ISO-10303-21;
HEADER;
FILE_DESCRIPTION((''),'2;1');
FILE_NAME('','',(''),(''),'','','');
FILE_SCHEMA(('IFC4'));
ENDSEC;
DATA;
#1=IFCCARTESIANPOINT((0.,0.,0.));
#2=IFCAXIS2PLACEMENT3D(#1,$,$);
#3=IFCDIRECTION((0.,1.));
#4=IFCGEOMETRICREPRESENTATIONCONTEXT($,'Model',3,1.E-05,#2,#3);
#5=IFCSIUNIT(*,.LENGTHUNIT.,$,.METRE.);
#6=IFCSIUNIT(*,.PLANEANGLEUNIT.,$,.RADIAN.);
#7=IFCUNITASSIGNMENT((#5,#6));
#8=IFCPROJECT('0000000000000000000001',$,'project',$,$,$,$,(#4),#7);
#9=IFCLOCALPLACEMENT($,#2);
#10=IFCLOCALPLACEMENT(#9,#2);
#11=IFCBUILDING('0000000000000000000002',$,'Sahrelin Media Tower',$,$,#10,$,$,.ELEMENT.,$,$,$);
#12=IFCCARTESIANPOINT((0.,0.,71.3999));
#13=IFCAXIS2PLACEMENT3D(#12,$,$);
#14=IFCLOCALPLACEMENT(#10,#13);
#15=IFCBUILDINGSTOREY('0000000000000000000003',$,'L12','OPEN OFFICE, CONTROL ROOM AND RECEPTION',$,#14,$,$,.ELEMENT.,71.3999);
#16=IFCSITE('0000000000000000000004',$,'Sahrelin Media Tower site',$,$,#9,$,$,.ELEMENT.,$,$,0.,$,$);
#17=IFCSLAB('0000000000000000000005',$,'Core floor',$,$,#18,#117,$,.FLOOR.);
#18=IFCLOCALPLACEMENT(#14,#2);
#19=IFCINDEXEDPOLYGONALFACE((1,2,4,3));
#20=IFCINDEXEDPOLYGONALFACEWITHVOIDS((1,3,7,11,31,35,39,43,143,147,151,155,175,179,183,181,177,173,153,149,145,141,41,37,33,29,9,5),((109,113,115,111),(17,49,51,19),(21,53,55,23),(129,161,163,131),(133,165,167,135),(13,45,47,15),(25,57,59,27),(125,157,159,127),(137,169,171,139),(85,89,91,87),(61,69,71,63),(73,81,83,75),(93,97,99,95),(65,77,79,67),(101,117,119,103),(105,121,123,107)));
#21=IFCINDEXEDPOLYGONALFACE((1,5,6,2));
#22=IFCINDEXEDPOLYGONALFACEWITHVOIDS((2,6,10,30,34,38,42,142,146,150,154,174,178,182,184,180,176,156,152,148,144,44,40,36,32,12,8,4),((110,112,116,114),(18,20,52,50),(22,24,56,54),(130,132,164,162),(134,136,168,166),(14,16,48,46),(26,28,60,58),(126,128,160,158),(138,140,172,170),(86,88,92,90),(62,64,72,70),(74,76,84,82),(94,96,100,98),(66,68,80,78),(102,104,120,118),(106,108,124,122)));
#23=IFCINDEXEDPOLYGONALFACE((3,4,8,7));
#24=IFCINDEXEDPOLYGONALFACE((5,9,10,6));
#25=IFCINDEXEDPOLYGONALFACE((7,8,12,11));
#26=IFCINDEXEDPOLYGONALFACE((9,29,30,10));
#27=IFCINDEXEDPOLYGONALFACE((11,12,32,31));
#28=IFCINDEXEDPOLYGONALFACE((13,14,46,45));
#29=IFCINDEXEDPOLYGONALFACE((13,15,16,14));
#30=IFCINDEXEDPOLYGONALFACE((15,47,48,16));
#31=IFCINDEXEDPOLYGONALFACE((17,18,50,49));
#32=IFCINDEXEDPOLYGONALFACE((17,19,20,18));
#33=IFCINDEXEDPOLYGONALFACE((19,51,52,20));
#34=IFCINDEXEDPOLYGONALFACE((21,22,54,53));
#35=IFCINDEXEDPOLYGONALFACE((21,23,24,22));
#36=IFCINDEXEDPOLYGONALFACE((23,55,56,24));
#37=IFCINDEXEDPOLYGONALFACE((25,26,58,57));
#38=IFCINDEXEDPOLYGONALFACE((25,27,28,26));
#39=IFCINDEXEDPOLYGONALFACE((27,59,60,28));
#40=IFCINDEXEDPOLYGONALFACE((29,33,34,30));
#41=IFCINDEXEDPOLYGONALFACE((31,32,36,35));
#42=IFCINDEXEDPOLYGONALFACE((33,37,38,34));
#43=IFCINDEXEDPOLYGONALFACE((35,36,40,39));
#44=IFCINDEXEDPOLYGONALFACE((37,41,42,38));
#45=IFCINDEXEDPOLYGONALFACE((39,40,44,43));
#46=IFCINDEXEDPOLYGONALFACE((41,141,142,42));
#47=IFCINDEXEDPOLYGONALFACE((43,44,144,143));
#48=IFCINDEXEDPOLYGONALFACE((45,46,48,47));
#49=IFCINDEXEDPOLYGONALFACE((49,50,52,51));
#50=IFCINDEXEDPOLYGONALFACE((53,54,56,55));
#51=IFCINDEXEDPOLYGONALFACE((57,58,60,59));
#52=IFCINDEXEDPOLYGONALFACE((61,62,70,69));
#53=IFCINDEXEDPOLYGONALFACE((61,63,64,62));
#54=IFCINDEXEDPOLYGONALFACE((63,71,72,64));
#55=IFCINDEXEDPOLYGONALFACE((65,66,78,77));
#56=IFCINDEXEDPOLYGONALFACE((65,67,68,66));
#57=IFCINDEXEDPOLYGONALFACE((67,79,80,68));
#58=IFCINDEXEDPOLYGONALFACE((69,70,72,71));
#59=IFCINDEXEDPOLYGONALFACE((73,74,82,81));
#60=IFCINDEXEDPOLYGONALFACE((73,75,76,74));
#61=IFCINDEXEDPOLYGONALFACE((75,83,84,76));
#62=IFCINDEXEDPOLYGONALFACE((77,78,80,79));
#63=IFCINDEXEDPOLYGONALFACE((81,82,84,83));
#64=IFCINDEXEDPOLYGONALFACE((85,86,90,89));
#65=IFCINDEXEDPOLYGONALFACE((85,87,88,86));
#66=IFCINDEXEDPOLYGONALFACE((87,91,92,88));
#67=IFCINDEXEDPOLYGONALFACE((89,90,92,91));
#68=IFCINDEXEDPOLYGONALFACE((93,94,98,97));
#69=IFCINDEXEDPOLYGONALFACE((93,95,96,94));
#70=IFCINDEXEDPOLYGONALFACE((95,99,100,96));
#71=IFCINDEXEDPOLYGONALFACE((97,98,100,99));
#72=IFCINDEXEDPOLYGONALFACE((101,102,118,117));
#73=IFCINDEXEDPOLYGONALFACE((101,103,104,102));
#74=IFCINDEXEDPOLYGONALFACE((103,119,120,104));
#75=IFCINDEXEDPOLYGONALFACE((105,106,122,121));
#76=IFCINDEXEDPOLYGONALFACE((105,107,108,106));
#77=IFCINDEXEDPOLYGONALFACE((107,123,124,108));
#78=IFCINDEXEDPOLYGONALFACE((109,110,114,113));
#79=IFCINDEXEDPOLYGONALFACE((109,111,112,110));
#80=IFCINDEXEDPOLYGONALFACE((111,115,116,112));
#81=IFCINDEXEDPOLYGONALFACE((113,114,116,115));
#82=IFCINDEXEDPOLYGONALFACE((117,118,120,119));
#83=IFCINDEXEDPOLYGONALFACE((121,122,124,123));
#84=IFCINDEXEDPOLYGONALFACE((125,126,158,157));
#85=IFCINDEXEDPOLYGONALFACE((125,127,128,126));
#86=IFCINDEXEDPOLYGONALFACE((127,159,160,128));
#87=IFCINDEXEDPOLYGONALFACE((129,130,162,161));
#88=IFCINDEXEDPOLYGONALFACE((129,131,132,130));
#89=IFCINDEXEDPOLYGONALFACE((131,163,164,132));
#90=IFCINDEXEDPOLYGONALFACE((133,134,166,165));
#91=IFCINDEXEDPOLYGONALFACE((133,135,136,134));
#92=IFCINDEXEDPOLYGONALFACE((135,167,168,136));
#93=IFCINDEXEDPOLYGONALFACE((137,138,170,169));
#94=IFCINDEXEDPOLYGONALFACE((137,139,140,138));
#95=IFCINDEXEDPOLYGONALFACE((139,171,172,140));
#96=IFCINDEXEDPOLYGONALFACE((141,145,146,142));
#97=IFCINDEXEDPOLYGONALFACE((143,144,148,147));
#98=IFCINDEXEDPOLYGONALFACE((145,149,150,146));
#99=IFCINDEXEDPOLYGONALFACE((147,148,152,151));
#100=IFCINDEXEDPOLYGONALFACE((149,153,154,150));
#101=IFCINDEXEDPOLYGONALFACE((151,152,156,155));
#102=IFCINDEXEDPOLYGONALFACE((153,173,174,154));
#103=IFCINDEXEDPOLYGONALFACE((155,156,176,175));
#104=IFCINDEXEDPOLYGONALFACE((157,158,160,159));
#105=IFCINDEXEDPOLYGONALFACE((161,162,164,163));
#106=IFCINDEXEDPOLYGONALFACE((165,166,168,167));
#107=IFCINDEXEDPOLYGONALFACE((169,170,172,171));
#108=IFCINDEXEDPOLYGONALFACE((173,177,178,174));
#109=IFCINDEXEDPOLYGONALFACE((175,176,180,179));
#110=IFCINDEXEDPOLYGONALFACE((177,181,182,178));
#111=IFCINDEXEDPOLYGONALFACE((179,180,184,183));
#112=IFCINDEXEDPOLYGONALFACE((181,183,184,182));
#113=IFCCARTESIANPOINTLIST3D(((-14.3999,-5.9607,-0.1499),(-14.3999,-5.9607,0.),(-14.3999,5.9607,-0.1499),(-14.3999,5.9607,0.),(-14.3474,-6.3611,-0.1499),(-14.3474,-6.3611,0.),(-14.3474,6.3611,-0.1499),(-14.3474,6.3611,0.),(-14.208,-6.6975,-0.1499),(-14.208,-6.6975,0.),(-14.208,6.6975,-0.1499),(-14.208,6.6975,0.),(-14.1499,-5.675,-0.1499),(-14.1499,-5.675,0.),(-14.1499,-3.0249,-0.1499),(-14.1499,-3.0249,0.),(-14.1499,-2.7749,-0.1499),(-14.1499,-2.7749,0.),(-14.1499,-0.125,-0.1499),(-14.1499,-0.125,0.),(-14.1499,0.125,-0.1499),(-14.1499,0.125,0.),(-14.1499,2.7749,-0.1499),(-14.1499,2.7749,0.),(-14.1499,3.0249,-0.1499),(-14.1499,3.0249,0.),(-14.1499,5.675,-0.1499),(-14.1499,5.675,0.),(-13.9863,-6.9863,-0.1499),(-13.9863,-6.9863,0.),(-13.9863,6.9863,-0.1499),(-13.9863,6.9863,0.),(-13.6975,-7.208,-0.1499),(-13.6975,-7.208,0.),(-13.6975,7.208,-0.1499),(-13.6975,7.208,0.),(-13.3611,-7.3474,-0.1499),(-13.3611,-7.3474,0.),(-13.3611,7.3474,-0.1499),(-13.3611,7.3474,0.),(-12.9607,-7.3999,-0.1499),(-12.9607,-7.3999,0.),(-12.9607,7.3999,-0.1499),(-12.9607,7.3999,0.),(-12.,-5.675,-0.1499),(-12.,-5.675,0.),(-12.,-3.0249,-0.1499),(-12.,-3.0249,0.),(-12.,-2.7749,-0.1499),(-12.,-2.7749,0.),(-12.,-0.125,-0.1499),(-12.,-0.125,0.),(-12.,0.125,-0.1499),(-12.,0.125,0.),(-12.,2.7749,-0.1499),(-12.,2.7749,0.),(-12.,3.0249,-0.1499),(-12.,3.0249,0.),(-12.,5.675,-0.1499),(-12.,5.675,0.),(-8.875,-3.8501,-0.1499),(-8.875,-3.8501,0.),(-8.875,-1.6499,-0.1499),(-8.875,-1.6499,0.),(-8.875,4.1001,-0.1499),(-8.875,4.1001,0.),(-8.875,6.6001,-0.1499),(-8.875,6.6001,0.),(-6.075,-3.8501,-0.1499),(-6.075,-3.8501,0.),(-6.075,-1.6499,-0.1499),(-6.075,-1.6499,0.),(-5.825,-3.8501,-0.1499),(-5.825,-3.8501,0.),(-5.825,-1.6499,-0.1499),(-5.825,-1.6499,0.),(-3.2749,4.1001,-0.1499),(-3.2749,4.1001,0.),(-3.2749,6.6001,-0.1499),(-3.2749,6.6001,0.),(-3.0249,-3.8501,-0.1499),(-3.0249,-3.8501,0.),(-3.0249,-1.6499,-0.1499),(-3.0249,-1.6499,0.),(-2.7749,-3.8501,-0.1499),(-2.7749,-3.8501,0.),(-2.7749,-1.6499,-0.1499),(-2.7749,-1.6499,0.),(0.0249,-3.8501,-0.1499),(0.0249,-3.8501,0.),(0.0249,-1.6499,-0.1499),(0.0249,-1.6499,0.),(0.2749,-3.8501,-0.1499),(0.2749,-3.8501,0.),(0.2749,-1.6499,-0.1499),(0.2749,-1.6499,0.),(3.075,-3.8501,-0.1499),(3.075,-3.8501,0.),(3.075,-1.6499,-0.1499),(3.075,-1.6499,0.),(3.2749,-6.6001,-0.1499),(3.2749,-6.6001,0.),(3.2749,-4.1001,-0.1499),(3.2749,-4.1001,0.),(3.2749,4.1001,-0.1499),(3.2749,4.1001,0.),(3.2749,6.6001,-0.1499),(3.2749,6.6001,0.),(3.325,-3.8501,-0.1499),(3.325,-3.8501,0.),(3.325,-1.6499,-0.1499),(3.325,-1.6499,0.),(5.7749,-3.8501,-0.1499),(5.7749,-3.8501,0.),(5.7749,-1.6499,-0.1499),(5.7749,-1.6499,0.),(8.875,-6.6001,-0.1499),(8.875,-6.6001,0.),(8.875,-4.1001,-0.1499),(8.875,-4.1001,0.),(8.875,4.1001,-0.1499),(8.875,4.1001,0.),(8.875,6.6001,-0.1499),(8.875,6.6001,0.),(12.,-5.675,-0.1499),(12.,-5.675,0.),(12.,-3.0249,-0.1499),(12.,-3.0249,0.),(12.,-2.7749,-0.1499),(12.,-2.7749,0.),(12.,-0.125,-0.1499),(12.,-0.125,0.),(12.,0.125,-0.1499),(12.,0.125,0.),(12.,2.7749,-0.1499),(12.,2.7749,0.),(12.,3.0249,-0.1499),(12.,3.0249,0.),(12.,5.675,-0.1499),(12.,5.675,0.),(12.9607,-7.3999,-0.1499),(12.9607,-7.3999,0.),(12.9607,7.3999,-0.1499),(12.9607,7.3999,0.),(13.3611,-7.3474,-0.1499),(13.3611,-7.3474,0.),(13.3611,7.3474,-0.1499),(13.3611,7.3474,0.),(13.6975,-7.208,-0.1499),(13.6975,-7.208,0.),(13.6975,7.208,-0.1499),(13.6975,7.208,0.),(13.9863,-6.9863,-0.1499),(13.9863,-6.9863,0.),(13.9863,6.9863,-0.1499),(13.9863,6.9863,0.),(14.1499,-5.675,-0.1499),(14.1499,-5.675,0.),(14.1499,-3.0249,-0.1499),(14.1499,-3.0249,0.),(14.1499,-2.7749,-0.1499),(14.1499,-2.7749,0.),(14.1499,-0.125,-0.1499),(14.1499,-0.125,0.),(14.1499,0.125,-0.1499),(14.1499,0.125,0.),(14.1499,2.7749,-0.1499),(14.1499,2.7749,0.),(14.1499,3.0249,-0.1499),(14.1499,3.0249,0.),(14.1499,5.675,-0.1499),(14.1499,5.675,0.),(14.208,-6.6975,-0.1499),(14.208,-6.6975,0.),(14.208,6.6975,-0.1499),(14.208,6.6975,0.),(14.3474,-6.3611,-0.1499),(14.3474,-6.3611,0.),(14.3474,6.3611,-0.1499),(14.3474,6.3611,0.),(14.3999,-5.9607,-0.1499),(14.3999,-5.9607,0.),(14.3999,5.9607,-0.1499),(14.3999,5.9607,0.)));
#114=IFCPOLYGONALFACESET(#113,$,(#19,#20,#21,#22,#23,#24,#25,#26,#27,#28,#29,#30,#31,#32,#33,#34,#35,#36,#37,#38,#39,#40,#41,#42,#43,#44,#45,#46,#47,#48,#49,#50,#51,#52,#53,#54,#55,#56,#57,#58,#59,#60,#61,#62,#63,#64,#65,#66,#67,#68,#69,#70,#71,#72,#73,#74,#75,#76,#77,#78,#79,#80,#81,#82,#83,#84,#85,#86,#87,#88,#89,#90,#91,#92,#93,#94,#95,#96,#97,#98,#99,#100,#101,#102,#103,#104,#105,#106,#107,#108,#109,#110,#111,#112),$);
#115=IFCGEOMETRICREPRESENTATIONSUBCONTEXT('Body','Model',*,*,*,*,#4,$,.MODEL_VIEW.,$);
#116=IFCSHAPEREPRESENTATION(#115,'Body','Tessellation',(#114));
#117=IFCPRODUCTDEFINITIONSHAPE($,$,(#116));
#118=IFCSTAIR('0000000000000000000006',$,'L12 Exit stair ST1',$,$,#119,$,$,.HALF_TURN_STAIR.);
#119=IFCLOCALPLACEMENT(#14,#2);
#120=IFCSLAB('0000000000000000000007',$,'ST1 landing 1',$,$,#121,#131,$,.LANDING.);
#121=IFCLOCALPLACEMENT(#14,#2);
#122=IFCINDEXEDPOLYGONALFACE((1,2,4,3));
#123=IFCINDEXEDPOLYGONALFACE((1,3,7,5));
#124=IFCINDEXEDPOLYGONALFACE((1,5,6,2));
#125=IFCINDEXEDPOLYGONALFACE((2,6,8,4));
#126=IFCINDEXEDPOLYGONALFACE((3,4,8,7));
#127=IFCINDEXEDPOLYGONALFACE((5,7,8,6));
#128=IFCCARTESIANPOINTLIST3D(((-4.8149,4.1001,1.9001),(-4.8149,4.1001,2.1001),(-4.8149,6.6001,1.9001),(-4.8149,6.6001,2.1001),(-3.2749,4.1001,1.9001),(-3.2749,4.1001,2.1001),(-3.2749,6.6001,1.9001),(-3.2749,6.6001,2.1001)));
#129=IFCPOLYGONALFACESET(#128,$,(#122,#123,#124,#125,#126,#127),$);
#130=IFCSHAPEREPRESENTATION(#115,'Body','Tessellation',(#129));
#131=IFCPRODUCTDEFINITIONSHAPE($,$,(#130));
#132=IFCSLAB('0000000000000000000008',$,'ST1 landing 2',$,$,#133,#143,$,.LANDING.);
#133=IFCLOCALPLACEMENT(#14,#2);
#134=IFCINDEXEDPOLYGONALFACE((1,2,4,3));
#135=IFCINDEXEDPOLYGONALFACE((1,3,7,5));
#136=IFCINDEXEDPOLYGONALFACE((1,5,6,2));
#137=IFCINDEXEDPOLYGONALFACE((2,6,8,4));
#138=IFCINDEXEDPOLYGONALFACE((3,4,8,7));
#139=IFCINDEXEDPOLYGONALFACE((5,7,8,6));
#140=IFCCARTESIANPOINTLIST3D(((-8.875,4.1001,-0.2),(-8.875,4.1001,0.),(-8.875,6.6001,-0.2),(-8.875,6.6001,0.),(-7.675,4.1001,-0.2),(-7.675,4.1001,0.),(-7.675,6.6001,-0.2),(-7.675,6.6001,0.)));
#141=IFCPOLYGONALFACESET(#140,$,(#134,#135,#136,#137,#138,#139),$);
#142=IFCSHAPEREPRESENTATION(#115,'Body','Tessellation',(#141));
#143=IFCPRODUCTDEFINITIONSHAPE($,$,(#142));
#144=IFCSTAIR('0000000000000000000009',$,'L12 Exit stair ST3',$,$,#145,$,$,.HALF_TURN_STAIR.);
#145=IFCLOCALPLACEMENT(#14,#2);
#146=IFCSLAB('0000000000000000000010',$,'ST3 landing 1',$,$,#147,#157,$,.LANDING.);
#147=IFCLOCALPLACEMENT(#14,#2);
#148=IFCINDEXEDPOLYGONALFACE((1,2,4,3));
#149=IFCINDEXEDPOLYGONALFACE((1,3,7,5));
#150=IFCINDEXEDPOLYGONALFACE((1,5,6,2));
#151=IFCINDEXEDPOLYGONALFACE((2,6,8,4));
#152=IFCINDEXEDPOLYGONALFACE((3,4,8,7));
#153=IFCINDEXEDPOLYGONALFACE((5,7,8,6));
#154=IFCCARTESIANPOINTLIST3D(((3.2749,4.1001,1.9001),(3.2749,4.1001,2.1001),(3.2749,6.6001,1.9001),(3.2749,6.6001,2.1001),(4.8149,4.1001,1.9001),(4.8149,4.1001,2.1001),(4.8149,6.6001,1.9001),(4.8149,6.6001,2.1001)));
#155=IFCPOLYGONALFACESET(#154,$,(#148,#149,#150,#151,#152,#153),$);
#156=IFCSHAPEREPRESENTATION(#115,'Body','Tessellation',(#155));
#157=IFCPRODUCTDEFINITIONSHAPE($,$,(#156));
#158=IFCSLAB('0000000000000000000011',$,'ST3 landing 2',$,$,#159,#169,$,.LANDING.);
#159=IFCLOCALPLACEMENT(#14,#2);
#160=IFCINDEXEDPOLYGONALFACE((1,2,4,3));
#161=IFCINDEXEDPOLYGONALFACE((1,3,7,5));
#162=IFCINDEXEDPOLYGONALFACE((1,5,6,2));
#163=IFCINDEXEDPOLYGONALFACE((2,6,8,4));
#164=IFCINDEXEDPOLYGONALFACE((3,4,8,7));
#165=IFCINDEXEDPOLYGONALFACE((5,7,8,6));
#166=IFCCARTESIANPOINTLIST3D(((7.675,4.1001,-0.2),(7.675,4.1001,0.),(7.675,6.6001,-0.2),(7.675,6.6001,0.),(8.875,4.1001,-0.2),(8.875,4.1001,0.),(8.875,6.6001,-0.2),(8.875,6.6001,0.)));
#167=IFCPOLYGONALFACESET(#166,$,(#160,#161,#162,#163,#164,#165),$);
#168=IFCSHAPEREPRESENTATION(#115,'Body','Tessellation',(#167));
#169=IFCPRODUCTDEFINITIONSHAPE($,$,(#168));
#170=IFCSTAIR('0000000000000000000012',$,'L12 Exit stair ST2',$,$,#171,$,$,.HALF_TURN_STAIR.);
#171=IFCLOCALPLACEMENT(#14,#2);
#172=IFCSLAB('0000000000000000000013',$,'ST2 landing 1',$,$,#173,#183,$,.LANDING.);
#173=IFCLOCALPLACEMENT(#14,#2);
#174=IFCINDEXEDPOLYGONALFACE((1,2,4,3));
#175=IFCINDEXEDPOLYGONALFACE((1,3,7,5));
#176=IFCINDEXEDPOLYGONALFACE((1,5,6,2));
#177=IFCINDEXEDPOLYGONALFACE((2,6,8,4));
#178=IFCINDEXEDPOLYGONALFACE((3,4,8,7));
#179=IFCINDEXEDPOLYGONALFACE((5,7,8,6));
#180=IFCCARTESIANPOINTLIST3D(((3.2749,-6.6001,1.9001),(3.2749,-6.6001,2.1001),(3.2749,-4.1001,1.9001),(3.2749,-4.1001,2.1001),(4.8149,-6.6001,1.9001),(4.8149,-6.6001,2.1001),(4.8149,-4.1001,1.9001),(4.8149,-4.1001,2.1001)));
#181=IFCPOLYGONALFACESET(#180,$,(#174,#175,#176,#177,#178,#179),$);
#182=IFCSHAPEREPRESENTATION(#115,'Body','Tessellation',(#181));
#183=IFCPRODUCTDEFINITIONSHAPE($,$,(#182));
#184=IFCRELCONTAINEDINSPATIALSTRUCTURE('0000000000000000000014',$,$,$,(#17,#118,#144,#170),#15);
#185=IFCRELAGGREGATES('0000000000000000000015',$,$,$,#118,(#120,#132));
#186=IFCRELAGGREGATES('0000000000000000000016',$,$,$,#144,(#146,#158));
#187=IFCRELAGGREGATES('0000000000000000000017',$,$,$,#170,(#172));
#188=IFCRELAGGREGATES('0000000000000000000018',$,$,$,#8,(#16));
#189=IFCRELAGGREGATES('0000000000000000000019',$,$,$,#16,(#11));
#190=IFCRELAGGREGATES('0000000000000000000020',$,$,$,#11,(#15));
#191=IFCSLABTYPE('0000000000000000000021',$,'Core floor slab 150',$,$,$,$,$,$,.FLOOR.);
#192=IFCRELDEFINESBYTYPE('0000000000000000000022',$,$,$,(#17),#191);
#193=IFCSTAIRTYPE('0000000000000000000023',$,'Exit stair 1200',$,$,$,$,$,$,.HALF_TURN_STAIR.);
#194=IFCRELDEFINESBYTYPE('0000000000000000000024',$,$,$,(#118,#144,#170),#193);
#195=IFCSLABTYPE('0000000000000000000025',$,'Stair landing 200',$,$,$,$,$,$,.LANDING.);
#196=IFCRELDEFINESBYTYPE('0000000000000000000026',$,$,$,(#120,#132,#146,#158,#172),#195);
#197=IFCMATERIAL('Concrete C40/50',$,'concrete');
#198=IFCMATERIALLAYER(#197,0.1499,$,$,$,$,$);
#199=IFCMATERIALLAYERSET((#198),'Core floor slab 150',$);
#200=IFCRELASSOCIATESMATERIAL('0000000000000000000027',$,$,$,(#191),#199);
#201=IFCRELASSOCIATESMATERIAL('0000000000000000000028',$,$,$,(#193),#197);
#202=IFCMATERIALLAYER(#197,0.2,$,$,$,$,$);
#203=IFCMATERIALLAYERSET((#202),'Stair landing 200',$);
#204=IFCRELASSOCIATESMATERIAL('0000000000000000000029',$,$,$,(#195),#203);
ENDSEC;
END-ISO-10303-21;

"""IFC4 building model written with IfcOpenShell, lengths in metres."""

from ifc_helpers import new_model, si_unit, direction, frame, origin, place, context, subcontext, project, spatial, polyline, outline, extrude, material, layer, layer_set, type_object, element, aggregate, save


model = new_model("IFC4")

# Units and contexts
model_context = context("Model", 3, precision=1e-05, world=origin(), true_north=direction((0.0, 1.0)))
body_context = subcontext(model_context, "Body", "Model", "MODEL_VIEW")
ifc_project = project(units=[si_unit("LENGTHUNIT", "METRE"), si_unit("PLANEANGLEUNIT", "RADIAN")], contexts=[model_context])

# Site, building, storey
site_placement = place(None, origin())
site = spatial("IfcSite", under=ifc_project, at=site_placement, Name="Sahrelin Media Tower site", CompositionType="ELEMENT", RefElevation=0.0)
building_placement = place(site_placement, origin())
building = spatial("IfcBuilding", under=site, at=building_placement, Name="Sahrelin Media Tower", CompositionType="ELEMENT")
storey_placement = place(building_placement, frame((0.0, 0.0, 71.3999)))
storey = spatial("IfcBuildingStorey", under=building, at=storey_placement, Name="L12", Description="OPEN OFFICE, CONTROL ROOM AND RECEPTION", CompositionType="ELEMENT", Elevation=71.3999)

# Slab
ifc_material_1 = material(Name="Concrete C40/50", Category="concrete")
ifc_layer_1 = layer(ifc_material_1, 0.1499)
ifc_layer_set_1 = layer_set([ifc_layer_1], Name="Core floor slab 150")
slab_type_1 = type_object("IfcSlabType", Name="Core floor slab 150", PredefinedType="FLOOR", material=ifc_layer_set_1)
slab_1_placement = place(storey_placement, frame((0.0, 0.0, -0.1499)))
element("IfcSlab", 1, at=slab_1_placement, inside=storey, type_object=slab_type_1, Name="Core floor", PredefinedType="FLOOR", context=body_context, shape_type="SweptSolid", body=[
    extrude(outline(polyline([(-14.3474, 6.3611), (-14.3999, 5.9607), (-14.3999, -5.9607), (-14.3474, -6.3611), (-14.208, -6.6975), (-13.9863, -6.9863), (-13.6975, -7.208), (-13.3611, -7.3474), (-12.9607, -7.3999), (12.9607, -7.3999), (13.3611, -7.3474), (13.6975, -7.208), (13.9863, -6.9863), (14.208, -6.6975), (14.3474, -6.3611), (14.3999, -5.9607), (14.3999, 5.9607), (14.3474, 6.3611), (14.208, 6.6975), (13.9863, 6.9863), (13.6975, 7.208), (13.3611, 7.3474), (12.9607, 7.3999), (-12.9607, 7.3999), (-13.3611, 7.3474), (-13.6975, 7.208), (-13.9863, 6.9863), (-14.208, 6.6975), (-14.3474, 6.3611)]), holes=[polyline([(-12.0, 3.0249), (-12.0, 5.675), (-14.1499, 5.675), (-14.1499, 3.0249), (-12.0, 3.0249)]), polyline([(-14.1499, 0.125), (-12.0, 0.125), (-12.0, 2.7749), (-14.1499, 2.7749), (-14.1499, 0.125)]), polyline([(-14.1499, -0.125), (-14.1499, -2.7749), (-12.0, -2.7749), (-12.0, -0.125), (-14.1499, -0.125)]), polyline([(-12.0, -3.0249), (-14.1499, -3.0249), (-14.1499, -5.675), (-12.0, -5.675), (-12.0, -3.0249)]), polyline([(14.1499, 3.0249), (14.1499, 5.675), (12.0, 5.675), (12.0, 3.0249), (14.1499, 3.0249)]), polyline([(12.0, 0.125), (14.1499, 0.125), (14.1499, 2.7749), (12.0, 2.7749), (12.0, 0.125)]), polyline([(12.0, -0.125), (12.0, -2.7749), (14.1499, -2.7749), (14.1499, -0.125), (12.0, -0.125)]), polyline([(14.1499, -3.0249), (12.0, -3.0249), (12.0, -5.675), (14.1499, -5.675), (14.1499, -3.0249)]), polyline([(-6.075, -3.8501), (-6.075, -1.6499), (-8.875, -1.6499), (-8.875, -3.8501), (-6.075, -3.8501)]), polyline([(-5.825, -3.8501), (-3.0249, -3.8501), (-3.0249, -1.6499), (-5.825, -1.6499), (-5.825, -3.8501)]), polyline([(-2.7749, -1.6499), (-2.7749, -3.8501), (0.0249, -3.8501), (0.0249, -1.6499), (-2.7749, -1.6499)]), polyline([(3.075, -1.6499), (0.2749, -1.6499), (0.2749, -3.8501), (3.075, -3.8501), (3.075, -1.6499)]), polyline([(5.7749, -3.8501), (5.7749, -1.6499), (3.325, -1.6499), (3.325, -3.8501), (5.7749, -3.8501)]), polyline([(-8.875, 6.6001), (-8.875, 4.1001), (-3.2749, 4.1001), (-3.2749, 6.6001), (-8.875, 6.6001)]), polyline([(3.2749, 4.1001), (8.875, 4.1001), (8.875, 6.6001), (3.2749, 6.6001), (3.2749, 4.1001)]), polyline([(3.2749, -4.1001), (3.2749, -6.6001), (8.875, -6.6001), (8.875, -4.1001), (3.2749, -4.1001)])]), origin(), (0.0, 0.0, 1.0), 0.1499),
])

# Stairs, slabs
stair_type = type_object("IfcStairType", Name="Exit stair 1200", PredefinedType="HALF_TURN_STAIR", material=ifc_material_1)
placement_1 = place(storey_placement, origin())
stair_1 = element("IfcStair", 2, at=placement_1, inside=storey, type_object=stair_type, Name="L12 Exit stair ST1", PredefinedType="HALF_TURN_STAIR")
ifc_layer_2 = layer(ifc_material_1, 0.2)
ifc_layer_set_2 = layer_set([ifc_layer_2], Name="Stair landing 200")
slab_type_2 = type_object("IfcSlabType", Name="Stair landing 200", PredefinedType="LANDING", material=ifc_layer_set_2)
placement_2 = place(storey_placement, frame((0.0, 0.0, 1.9001)))
slab_2 = element("IfcSlab", 3, at=placement_2, type_object=slab_type_2, Name="ST1 landing 1", PredefinedType="LANDING", context=body_context, shape_type="SweptSolid", body=[
    extrude(outline(polyline([(-4.8149, 4.1001), (-3.2749, 4.1001), (-3.2749, 6.6001), (-4.8149, 6.6001), (-4.8149, 4.1001)])), origin(), (0.0, 0.0, 1.0), 0.2),
])
placement_3 = place(storey_placement, frame((0.0, 0.0, -0.2)))
slab_3 = element("IfcSlab", 4, at=placement_3, type_object=slab_type_2, Name="ST1 landing 2", PredefinedType="LANDING", context=body_context, shape_type="SweptSolid", body=[
    extrude(outline(polyline([(-8.875, 4.1001), (-7.675, 4.1001), (-7.675, 6.6001), (-8.875, 6.6001), (-8.875, 4.1001)])), origin(), (0.0, 0.0, 1.0), 0.2),
])
aggregate(stair_1, [slab_2, slab_3])
stair_2 = element("IfcStair", 5, at=placement_1, inside=storey, type_object=stair_type, Name="L12 Exit stair ST3", PredefinedType="HALF_TURN_STAIR")
slab_4 = element("IfcSlab", 6, at=placement_2, type_object=slab_type_2, Name="ST3 landing 1", PredefinedType="LANDING", context=body_context, shape_type="SweptSolid", body=[
    extrude(outline(polyline([(4.8149, 6.6001), (3.2749, 6.6001), (3.2749, 4.1001), (4.8149, 4.1001), (4.8149, 6.6001)])), origin(), (0.0, 0.0, 1.0), 0.2),
])
slab_5 = element("IfcSlab", 7, at=placement_3, type_object=slab_type_2, Name="ST3 landing 2", PredefinedType="LANDING", context=body_context, shape_type="SweptSolid", body=[
    extrude(outline(polyline([(8.875, 6.6001), (7.675, 6.6001), (7.675, 4.1001), (8.875, 4.1001), (8.875, 6.6001)])), origin(), (0.0, 0.0, 1.0), 0.2),
])
aggregate(stair_2, [slab_4, slab_5])
stair_3 = element("IfcStair", 8, at=placement_1, inside=storey, type_object=stair_type, Name="L12 Exit stair ST2", PredefinedType="HALF_TURN_STAIR")
slab_6 = element("IfcSlab", 9, at=placement_2, type_object=slab_type_2, Name="ST2 landing 1", PredefinedType="LANDING", context=body_context, shape_type="SweptSolid", body=[
    extrude(outline(polyline([(4.8149, -4.1001), (3.2749, -4.1001), (3.2749, -6.6001), (4.8149, -6.6001), (4.8149, -4.1001)])), origin(), (0.0, 0.0, 1.0), 0.2),
])
aggregate(stair_3, [slab_6])

save(model, "model.ifc")
